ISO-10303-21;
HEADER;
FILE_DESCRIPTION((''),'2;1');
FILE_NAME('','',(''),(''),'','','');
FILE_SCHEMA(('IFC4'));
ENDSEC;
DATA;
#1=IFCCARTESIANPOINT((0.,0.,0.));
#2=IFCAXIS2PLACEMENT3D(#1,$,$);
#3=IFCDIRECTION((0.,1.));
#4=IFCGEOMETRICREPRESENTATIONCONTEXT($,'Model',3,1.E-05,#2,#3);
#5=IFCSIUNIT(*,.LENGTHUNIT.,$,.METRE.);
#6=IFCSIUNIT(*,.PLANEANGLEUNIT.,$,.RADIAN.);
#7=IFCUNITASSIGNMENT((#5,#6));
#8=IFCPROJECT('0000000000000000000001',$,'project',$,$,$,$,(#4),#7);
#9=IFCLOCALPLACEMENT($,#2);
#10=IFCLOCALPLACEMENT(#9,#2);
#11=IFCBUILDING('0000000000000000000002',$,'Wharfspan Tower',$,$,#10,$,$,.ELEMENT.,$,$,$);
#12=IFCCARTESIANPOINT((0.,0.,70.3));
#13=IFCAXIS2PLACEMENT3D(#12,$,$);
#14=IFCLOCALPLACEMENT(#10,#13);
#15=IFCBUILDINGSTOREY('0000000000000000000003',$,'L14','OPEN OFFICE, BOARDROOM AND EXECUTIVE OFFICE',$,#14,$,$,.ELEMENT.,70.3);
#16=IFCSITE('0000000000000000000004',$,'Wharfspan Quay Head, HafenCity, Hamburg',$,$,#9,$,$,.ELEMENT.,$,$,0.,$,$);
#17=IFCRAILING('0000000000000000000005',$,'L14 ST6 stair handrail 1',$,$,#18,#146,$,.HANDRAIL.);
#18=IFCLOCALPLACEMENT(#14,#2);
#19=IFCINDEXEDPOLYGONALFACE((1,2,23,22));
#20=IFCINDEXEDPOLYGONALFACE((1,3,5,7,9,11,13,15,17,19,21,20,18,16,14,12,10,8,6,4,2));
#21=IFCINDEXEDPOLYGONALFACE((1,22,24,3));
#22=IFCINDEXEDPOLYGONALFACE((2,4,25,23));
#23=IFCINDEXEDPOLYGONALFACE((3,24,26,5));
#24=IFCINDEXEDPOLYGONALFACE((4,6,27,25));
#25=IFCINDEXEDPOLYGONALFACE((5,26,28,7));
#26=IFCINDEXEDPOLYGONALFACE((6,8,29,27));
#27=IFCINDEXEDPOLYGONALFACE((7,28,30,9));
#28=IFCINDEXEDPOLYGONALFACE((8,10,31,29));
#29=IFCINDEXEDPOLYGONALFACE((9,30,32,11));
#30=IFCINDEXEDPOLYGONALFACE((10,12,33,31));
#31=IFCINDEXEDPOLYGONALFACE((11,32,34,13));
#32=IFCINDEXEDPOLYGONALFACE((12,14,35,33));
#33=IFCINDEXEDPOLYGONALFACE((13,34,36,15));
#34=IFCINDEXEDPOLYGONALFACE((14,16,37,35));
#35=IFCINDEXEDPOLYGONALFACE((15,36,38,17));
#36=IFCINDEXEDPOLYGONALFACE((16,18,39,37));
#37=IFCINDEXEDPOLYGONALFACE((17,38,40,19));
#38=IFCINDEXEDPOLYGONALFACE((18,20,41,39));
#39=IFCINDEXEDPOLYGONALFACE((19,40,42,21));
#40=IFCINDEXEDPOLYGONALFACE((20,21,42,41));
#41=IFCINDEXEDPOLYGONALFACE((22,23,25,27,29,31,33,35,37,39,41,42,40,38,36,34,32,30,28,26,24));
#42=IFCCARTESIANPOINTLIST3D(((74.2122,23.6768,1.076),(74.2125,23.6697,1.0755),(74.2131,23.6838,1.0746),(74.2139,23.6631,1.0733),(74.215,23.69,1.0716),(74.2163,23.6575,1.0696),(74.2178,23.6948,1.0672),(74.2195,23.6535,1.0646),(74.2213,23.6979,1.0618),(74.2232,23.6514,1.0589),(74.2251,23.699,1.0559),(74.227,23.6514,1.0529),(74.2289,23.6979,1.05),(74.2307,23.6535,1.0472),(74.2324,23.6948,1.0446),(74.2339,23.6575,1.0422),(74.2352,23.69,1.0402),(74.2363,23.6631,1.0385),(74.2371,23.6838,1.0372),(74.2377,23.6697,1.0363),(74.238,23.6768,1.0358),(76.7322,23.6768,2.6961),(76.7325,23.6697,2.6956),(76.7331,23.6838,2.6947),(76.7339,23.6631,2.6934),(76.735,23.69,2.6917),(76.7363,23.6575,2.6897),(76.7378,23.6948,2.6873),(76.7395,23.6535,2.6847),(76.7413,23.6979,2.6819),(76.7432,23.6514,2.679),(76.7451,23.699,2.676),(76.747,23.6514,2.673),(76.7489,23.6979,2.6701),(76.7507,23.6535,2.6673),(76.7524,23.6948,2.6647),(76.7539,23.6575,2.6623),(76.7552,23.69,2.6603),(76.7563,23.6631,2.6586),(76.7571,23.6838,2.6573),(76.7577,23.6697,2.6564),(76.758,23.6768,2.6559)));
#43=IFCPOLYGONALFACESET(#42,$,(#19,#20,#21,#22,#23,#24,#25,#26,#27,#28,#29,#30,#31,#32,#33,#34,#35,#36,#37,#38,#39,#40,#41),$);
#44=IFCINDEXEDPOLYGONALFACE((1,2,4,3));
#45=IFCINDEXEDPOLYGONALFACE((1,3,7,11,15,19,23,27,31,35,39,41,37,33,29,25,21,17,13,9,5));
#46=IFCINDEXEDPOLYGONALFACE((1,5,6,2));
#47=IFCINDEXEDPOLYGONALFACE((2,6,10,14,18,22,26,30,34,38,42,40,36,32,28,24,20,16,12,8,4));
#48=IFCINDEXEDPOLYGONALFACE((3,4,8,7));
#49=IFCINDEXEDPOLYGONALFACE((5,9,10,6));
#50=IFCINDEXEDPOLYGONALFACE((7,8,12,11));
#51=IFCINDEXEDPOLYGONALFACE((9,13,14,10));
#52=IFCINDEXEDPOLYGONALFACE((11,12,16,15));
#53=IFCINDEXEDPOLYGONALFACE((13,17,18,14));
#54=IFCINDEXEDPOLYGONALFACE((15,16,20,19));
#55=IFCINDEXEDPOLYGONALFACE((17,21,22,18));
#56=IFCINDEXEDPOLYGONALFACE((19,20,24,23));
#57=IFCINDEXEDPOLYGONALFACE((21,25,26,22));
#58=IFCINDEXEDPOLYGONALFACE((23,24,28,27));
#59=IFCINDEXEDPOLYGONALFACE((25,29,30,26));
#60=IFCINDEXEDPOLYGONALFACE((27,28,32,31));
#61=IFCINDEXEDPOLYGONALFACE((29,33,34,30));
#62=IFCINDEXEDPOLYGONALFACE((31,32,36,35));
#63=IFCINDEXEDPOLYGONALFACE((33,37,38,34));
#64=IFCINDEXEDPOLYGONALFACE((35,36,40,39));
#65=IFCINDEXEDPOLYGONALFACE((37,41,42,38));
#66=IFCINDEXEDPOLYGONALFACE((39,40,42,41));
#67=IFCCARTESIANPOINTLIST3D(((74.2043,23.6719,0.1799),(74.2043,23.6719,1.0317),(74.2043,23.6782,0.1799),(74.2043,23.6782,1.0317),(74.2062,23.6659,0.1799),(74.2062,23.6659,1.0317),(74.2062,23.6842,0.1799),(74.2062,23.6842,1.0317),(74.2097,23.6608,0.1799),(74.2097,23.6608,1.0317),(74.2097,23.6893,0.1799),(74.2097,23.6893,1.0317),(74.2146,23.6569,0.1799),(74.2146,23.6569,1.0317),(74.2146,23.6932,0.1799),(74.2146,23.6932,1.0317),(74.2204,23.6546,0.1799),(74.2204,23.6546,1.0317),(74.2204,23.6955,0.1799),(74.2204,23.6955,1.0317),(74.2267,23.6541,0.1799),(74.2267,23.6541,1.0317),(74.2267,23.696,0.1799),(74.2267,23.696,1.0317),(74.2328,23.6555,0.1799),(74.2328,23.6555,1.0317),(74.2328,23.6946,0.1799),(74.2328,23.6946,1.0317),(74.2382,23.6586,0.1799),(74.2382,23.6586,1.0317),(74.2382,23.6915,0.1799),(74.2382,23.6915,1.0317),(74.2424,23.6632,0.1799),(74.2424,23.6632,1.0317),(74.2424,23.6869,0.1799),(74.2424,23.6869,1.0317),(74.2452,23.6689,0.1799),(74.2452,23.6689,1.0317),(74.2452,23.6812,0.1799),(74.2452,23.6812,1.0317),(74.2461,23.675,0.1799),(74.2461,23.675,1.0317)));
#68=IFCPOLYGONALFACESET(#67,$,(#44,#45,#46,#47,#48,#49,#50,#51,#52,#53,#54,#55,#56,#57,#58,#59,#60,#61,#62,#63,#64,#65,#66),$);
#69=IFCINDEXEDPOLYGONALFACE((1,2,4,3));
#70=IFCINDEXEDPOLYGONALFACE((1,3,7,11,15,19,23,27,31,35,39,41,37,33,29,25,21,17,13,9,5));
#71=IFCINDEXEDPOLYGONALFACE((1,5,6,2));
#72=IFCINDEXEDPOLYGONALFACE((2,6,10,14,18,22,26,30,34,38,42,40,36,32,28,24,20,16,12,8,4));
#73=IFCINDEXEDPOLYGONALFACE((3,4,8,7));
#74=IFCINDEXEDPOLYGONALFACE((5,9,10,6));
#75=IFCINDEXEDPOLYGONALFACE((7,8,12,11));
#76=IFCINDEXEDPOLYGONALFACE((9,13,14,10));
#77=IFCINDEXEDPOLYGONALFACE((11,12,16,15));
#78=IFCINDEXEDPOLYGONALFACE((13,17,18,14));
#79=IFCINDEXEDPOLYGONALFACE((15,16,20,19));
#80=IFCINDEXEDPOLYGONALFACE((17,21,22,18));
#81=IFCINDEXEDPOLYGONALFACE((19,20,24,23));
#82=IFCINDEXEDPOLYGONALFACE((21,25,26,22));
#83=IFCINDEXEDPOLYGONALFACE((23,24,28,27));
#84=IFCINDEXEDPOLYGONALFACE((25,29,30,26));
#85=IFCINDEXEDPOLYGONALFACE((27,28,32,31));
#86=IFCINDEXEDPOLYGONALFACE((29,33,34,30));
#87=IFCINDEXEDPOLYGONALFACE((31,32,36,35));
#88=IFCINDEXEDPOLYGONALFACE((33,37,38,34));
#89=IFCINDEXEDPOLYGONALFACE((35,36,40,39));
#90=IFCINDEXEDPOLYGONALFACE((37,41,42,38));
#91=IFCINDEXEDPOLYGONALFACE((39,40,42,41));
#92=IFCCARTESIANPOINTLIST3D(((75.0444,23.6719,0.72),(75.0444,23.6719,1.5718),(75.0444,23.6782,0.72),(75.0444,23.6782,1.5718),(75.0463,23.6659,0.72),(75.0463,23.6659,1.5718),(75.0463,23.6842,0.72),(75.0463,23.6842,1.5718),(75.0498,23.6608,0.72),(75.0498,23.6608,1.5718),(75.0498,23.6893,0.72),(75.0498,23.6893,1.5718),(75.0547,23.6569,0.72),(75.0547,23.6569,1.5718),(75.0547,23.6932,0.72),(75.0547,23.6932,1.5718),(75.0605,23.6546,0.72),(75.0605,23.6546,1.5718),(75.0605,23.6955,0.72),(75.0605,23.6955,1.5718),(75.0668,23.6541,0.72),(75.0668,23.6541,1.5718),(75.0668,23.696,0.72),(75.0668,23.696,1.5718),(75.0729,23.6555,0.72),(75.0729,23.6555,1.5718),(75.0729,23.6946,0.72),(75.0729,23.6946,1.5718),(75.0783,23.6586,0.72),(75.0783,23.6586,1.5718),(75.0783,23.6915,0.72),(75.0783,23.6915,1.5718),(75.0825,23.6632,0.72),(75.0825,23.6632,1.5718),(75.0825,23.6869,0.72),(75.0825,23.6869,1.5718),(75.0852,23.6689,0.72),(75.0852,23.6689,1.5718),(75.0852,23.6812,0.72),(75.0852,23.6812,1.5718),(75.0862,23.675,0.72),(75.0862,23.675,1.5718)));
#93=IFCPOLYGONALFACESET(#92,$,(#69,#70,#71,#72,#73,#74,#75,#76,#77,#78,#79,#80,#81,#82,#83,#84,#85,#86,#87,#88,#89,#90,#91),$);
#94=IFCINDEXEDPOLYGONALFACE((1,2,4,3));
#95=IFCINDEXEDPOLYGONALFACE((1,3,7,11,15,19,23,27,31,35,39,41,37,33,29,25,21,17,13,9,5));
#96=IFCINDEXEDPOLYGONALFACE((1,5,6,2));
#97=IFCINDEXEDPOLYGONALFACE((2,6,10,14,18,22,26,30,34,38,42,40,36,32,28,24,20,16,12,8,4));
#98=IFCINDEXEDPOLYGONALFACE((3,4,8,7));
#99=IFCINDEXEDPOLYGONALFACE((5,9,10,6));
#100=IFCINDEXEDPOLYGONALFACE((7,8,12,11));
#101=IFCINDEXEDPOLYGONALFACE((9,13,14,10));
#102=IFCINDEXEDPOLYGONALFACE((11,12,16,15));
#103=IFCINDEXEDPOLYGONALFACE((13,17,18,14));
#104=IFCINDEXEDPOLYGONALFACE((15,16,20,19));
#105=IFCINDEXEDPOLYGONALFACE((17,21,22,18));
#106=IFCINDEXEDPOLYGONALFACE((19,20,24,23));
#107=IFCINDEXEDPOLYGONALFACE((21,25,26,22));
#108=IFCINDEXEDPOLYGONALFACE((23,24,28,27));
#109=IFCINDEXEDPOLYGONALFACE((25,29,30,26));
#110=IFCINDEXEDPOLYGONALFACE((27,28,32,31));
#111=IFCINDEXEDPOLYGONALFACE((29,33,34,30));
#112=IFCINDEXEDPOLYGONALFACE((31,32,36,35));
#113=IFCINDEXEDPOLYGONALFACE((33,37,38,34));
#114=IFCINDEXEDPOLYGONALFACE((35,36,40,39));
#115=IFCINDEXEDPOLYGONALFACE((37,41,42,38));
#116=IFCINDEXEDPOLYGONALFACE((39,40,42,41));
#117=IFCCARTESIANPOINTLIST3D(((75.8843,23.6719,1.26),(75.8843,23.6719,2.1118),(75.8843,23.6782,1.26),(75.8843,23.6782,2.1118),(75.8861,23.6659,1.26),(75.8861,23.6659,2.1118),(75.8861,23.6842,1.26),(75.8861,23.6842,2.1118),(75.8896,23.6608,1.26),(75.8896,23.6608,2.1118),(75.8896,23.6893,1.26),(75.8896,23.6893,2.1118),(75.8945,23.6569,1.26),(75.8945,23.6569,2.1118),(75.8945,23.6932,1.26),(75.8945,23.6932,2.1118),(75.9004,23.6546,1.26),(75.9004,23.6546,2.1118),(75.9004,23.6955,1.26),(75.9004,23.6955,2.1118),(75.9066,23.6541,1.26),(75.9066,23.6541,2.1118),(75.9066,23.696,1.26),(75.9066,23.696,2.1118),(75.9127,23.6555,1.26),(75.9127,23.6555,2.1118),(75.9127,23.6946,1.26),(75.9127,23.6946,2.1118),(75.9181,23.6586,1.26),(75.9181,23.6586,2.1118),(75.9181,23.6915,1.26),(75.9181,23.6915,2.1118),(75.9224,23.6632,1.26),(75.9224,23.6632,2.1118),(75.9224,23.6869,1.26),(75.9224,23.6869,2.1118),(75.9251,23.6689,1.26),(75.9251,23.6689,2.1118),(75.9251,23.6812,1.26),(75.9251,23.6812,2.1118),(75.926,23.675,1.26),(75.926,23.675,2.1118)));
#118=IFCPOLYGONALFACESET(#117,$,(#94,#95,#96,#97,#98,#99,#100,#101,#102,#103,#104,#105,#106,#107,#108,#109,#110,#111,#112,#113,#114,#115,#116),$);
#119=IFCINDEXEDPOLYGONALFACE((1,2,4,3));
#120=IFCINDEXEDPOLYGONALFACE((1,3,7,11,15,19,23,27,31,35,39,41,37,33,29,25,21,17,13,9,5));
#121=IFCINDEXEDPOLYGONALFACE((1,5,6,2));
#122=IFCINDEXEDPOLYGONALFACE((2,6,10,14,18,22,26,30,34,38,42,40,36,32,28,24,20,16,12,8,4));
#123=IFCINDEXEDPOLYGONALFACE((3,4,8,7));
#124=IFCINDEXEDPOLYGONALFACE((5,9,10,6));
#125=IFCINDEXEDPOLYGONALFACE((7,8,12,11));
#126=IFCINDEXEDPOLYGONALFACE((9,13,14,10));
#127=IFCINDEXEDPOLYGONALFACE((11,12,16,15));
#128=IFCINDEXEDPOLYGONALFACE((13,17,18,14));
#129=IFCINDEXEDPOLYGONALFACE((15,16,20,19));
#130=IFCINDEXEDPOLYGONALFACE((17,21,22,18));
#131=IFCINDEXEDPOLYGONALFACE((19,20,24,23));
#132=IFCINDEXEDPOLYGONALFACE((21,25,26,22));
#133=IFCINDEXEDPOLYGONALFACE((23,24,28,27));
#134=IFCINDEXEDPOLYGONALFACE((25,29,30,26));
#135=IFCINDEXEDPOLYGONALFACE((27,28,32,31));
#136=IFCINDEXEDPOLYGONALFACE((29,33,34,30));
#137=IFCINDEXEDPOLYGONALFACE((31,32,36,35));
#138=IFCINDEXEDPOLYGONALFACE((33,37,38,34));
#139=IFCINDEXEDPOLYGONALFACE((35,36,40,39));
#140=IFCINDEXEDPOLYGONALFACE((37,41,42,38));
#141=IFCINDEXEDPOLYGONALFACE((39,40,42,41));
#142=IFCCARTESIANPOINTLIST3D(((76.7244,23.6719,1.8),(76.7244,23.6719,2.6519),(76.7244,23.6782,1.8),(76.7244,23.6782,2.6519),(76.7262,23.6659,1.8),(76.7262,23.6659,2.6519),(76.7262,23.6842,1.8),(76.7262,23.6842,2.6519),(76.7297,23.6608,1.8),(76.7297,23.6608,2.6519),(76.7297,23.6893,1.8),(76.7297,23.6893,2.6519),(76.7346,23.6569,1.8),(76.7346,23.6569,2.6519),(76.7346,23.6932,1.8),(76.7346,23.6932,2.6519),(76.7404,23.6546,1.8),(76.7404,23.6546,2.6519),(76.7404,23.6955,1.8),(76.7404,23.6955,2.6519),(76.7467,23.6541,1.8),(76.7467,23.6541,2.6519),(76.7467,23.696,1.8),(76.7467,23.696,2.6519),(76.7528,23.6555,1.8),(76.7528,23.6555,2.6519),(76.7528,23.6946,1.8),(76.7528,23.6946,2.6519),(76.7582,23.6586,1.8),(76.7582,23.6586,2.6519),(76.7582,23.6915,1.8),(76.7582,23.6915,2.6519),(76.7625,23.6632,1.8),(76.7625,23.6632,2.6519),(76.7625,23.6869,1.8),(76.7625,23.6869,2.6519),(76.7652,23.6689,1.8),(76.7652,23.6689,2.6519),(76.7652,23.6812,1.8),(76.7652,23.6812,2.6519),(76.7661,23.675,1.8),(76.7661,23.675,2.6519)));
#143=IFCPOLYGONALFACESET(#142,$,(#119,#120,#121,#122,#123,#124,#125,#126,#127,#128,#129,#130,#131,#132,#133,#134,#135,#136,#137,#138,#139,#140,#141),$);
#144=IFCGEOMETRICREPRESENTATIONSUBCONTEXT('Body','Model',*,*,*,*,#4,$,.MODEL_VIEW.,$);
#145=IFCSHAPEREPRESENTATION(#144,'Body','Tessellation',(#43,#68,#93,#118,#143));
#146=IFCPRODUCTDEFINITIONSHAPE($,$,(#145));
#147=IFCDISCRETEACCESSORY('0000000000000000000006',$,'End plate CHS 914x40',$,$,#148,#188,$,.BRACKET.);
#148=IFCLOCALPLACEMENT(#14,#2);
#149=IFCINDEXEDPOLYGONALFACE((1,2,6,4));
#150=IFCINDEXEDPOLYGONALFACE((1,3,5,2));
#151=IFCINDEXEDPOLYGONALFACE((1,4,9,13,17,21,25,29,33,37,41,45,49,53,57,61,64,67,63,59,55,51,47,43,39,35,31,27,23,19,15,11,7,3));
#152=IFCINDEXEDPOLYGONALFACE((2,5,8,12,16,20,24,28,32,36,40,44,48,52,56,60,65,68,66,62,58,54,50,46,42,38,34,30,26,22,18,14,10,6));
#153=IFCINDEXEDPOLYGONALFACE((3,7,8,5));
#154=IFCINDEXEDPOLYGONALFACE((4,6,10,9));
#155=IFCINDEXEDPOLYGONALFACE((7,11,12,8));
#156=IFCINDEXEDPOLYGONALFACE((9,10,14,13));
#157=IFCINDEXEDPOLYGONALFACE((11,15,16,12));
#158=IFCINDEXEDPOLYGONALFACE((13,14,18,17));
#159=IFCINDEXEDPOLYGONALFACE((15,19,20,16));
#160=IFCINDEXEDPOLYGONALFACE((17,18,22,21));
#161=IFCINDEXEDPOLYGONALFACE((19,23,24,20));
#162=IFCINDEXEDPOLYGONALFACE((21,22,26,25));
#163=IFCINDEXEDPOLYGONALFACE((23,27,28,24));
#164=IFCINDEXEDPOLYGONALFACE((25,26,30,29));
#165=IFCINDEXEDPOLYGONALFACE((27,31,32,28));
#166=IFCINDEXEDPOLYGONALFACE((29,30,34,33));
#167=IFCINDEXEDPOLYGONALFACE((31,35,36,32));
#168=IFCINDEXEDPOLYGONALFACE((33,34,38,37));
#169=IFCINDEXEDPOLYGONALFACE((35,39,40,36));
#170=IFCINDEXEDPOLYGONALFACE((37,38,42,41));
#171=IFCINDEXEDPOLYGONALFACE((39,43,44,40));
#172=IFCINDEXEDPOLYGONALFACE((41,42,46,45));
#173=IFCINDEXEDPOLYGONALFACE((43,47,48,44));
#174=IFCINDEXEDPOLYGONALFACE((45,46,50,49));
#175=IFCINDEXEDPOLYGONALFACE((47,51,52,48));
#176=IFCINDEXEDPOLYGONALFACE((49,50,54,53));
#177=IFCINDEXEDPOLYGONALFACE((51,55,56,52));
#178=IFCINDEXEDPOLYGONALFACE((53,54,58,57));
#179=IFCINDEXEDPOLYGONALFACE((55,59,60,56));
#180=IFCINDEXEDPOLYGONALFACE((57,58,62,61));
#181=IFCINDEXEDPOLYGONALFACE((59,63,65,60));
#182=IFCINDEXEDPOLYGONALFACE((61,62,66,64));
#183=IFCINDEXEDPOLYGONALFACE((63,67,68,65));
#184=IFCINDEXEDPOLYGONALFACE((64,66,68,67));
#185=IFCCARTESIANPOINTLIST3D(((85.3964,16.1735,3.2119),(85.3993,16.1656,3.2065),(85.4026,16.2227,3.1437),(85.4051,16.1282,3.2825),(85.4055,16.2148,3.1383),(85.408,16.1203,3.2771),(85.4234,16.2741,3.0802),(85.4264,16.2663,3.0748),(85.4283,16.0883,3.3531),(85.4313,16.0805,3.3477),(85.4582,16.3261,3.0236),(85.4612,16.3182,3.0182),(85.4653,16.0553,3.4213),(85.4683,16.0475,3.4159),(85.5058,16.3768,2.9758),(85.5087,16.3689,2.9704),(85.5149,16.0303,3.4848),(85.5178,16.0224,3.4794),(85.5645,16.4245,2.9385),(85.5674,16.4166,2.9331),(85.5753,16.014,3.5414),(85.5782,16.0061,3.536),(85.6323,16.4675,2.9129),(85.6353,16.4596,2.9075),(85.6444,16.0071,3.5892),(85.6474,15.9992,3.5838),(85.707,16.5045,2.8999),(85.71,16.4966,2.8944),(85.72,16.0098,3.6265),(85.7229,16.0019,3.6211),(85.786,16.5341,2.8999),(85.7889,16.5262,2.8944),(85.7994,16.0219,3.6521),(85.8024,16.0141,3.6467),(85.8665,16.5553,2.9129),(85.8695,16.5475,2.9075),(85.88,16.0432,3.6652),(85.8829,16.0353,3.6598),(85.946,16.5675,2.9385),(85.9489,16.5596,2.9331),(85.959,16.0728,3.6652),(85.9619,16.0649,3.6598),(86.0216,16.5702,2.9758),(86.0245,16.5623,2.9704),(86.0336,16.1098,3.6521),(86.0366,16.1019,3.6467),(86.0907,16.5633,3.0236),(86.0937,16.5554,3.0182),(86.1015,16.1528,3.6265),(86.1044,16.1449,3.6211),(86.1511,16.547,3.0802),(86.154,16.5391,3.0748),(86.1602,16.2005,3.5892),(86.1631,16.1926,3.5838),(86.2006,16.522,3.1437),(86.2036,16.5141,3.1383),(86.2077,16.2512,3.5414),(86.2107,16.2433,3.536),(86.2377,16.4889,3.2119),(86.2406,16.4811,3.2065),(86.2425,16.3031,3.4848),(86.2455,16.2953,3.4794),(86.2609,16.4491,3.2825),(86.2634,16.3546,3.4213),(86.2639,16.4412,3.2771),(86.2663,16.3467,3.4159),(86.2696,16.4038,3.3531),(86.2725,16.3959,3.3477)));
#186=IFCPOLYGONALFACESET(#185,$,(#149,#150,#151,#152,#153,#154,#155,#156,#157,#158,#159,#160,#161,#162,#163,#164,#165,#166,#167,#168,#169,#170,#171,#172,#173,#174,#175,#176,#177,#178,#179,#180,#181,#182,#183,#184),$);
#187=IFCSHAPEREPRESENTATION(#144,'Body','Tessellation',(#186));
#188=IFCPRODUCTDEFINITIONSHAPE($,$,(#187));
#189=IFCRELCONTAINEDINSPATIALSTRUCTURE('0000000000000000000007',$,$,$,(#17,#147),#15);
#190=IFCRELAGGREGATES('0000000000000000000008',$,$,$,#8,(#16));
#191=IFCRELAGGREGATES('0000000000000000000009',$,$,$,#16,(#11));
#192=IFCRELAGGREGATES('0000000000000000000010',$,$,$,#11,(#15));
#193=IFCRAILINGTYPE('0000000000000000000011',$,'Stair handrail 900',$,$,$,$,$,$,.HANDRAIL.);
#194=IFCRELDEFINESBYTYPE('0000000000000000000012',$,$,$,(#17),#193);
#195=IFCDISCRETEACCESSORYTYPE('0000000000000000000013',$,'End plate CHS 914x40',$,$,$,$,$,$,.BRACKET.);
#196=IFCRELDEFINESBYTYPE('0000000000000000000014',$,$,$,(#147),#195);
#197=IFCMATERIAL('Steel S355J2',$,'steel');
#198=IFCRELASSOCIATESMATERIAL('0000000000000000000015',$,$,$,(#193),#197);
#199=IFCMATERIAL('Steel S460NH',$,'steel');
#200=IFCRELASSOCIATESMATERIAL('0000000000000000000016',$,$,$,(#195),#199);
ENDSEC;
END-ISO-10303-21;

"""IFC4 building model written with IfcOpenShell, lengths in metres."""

from ifc_helpers import new_model, si_unit, direction, frame, origin, origin_2d, place, context, subcontext, project, spatial, circle, extrude, material, material_profile, profile_set, type_object, element, save


model = new_model("IFC4")

# Units and contexts
model_context = context("Model", 3, precision=1e-05, world=origin(), true_north=direction((0.0, 1.0)))
body_context = subcontext(model_context, "Body", "Model", "MODEL_VIEW")
ifc_project = project(units=[si_unit("LENGTHUNIT", "METRE"), si_unit("PLANEANGLEUNIT", "RADIAN")], contexts=[model_context])

# Site, building, storey
site_placement = place(None, origin())
site = spatial("IfcSite", under=ifc_project, at=site_placement, Name="Wharfspan Quay Head, HafenCity, Hamburg", CompositionType="ELEMENT", RefElevation=0.0)
building_placement = place(site_placement, origin())
building = spatial("IfcBuilding", under=site, at=building_placement, Name="Wharfspan Tower", CompositionType="ELEMENT")
storey_placement = place(building_placement, frame((0.0, 0.0, 70.3)))
storey = spatial("IfcBuildingStorey", under=building, at=storey_placement, Name="L14", Description="OPEN OFFICE, BOARDROOM AND EXECUTIVE OFFICE", CompositionType="ELEMENT", Elevation=70.3)

# Shared definitions
ifc_material_1 = material(Name="Steel S355J2", Category="steel")

# Shared definitions
ifc_material_2 = material(Name="Steel S460NH", Category="steel")

# Railing
railing_type_1 = type_object("IfcRailingType", Name="Stair handrail 900", PredefinedType="HANDRAIL", material=ifc_material_1)
railing_1_placement = place(storey_placement, frame((74.2251, 23.675, 0.1799)))
element("IfcRailing", 1, at=railing_1_placement, inside=storey, type_object=railing_type_1, Name="L14 ST6 stair handrail 1", PredefinedType="HANDRAIL", context=body_context, shape_type="SweptSolid", body=[
    extrude(circle(Radius=0.0239, at=origin_2d()), frame((0.0, 0.0, 0.876), z_axis=(0.841163, 0.0, 0.540782), x_axis=(0.0, 1.0, 0.0)), (0.0, 0.0, 1.0), 2.9958),
    extrude(circle(Radius=0.021, at=origin_2d()), origin(), (0.0, 0.0, 1.0), 0.8518),
    extrude(circle(Radius=0.021, at=origin_2d()), frame((0.8401, 0.0, 0.54)), (0.0, 0.0, 1.0), 0.8518),
    extrude(circle(Radius=0.021, at=origin_2d()), frame((1.6799, 0.0, 1.0801)), (0.0, 0.0, 1.0), 0.8518),
    extrude(circle(Radius=0.021, at=origin_2d()), frame((2.52, 0.0, 1.6201)), (0.0, 0.0, 1.0), 0.8518),
])

# Discrete accessory
ifc_material_profile_1 = material_profile(ifc_material_2, circle(Radius=0.457, at=origin_2d()))
ifc_profile_set_1 = profile_set([ifc_material_profile_1], Name="Steel S460NH")
discrete_accessory_type = type_object("IfcDiscreteAccessoryType", Name="End plate CHS 914x40", PredefinedType="BRACKET", material=ifc_profile_set_1)
for number, where, z_axis, x_axis, name in (
    (2, (85.8359, 16.2808, 3.2771), (-0.295241, 0.787309, 0.541275), (-0.936333, -0.351125, 0.0), "End plate CHS 914x40"),
):
    element("IfcDiscreteAccessory", number, at=place(storey_placement, frame(where, z_axis=z_axis, x_axis=x_axis)), inside=storey, type_object=discrete_accessory_type, Name=name, PredefinedType="BRACKET", context=body_context, shape_type="SweptSolid", body=[
        extrude(circle(Radius=0.457, at=origin_2d()), origin(), (0.0, 0.0, 1.0), 0.01),
    ])

save(model, "model.ifc")
